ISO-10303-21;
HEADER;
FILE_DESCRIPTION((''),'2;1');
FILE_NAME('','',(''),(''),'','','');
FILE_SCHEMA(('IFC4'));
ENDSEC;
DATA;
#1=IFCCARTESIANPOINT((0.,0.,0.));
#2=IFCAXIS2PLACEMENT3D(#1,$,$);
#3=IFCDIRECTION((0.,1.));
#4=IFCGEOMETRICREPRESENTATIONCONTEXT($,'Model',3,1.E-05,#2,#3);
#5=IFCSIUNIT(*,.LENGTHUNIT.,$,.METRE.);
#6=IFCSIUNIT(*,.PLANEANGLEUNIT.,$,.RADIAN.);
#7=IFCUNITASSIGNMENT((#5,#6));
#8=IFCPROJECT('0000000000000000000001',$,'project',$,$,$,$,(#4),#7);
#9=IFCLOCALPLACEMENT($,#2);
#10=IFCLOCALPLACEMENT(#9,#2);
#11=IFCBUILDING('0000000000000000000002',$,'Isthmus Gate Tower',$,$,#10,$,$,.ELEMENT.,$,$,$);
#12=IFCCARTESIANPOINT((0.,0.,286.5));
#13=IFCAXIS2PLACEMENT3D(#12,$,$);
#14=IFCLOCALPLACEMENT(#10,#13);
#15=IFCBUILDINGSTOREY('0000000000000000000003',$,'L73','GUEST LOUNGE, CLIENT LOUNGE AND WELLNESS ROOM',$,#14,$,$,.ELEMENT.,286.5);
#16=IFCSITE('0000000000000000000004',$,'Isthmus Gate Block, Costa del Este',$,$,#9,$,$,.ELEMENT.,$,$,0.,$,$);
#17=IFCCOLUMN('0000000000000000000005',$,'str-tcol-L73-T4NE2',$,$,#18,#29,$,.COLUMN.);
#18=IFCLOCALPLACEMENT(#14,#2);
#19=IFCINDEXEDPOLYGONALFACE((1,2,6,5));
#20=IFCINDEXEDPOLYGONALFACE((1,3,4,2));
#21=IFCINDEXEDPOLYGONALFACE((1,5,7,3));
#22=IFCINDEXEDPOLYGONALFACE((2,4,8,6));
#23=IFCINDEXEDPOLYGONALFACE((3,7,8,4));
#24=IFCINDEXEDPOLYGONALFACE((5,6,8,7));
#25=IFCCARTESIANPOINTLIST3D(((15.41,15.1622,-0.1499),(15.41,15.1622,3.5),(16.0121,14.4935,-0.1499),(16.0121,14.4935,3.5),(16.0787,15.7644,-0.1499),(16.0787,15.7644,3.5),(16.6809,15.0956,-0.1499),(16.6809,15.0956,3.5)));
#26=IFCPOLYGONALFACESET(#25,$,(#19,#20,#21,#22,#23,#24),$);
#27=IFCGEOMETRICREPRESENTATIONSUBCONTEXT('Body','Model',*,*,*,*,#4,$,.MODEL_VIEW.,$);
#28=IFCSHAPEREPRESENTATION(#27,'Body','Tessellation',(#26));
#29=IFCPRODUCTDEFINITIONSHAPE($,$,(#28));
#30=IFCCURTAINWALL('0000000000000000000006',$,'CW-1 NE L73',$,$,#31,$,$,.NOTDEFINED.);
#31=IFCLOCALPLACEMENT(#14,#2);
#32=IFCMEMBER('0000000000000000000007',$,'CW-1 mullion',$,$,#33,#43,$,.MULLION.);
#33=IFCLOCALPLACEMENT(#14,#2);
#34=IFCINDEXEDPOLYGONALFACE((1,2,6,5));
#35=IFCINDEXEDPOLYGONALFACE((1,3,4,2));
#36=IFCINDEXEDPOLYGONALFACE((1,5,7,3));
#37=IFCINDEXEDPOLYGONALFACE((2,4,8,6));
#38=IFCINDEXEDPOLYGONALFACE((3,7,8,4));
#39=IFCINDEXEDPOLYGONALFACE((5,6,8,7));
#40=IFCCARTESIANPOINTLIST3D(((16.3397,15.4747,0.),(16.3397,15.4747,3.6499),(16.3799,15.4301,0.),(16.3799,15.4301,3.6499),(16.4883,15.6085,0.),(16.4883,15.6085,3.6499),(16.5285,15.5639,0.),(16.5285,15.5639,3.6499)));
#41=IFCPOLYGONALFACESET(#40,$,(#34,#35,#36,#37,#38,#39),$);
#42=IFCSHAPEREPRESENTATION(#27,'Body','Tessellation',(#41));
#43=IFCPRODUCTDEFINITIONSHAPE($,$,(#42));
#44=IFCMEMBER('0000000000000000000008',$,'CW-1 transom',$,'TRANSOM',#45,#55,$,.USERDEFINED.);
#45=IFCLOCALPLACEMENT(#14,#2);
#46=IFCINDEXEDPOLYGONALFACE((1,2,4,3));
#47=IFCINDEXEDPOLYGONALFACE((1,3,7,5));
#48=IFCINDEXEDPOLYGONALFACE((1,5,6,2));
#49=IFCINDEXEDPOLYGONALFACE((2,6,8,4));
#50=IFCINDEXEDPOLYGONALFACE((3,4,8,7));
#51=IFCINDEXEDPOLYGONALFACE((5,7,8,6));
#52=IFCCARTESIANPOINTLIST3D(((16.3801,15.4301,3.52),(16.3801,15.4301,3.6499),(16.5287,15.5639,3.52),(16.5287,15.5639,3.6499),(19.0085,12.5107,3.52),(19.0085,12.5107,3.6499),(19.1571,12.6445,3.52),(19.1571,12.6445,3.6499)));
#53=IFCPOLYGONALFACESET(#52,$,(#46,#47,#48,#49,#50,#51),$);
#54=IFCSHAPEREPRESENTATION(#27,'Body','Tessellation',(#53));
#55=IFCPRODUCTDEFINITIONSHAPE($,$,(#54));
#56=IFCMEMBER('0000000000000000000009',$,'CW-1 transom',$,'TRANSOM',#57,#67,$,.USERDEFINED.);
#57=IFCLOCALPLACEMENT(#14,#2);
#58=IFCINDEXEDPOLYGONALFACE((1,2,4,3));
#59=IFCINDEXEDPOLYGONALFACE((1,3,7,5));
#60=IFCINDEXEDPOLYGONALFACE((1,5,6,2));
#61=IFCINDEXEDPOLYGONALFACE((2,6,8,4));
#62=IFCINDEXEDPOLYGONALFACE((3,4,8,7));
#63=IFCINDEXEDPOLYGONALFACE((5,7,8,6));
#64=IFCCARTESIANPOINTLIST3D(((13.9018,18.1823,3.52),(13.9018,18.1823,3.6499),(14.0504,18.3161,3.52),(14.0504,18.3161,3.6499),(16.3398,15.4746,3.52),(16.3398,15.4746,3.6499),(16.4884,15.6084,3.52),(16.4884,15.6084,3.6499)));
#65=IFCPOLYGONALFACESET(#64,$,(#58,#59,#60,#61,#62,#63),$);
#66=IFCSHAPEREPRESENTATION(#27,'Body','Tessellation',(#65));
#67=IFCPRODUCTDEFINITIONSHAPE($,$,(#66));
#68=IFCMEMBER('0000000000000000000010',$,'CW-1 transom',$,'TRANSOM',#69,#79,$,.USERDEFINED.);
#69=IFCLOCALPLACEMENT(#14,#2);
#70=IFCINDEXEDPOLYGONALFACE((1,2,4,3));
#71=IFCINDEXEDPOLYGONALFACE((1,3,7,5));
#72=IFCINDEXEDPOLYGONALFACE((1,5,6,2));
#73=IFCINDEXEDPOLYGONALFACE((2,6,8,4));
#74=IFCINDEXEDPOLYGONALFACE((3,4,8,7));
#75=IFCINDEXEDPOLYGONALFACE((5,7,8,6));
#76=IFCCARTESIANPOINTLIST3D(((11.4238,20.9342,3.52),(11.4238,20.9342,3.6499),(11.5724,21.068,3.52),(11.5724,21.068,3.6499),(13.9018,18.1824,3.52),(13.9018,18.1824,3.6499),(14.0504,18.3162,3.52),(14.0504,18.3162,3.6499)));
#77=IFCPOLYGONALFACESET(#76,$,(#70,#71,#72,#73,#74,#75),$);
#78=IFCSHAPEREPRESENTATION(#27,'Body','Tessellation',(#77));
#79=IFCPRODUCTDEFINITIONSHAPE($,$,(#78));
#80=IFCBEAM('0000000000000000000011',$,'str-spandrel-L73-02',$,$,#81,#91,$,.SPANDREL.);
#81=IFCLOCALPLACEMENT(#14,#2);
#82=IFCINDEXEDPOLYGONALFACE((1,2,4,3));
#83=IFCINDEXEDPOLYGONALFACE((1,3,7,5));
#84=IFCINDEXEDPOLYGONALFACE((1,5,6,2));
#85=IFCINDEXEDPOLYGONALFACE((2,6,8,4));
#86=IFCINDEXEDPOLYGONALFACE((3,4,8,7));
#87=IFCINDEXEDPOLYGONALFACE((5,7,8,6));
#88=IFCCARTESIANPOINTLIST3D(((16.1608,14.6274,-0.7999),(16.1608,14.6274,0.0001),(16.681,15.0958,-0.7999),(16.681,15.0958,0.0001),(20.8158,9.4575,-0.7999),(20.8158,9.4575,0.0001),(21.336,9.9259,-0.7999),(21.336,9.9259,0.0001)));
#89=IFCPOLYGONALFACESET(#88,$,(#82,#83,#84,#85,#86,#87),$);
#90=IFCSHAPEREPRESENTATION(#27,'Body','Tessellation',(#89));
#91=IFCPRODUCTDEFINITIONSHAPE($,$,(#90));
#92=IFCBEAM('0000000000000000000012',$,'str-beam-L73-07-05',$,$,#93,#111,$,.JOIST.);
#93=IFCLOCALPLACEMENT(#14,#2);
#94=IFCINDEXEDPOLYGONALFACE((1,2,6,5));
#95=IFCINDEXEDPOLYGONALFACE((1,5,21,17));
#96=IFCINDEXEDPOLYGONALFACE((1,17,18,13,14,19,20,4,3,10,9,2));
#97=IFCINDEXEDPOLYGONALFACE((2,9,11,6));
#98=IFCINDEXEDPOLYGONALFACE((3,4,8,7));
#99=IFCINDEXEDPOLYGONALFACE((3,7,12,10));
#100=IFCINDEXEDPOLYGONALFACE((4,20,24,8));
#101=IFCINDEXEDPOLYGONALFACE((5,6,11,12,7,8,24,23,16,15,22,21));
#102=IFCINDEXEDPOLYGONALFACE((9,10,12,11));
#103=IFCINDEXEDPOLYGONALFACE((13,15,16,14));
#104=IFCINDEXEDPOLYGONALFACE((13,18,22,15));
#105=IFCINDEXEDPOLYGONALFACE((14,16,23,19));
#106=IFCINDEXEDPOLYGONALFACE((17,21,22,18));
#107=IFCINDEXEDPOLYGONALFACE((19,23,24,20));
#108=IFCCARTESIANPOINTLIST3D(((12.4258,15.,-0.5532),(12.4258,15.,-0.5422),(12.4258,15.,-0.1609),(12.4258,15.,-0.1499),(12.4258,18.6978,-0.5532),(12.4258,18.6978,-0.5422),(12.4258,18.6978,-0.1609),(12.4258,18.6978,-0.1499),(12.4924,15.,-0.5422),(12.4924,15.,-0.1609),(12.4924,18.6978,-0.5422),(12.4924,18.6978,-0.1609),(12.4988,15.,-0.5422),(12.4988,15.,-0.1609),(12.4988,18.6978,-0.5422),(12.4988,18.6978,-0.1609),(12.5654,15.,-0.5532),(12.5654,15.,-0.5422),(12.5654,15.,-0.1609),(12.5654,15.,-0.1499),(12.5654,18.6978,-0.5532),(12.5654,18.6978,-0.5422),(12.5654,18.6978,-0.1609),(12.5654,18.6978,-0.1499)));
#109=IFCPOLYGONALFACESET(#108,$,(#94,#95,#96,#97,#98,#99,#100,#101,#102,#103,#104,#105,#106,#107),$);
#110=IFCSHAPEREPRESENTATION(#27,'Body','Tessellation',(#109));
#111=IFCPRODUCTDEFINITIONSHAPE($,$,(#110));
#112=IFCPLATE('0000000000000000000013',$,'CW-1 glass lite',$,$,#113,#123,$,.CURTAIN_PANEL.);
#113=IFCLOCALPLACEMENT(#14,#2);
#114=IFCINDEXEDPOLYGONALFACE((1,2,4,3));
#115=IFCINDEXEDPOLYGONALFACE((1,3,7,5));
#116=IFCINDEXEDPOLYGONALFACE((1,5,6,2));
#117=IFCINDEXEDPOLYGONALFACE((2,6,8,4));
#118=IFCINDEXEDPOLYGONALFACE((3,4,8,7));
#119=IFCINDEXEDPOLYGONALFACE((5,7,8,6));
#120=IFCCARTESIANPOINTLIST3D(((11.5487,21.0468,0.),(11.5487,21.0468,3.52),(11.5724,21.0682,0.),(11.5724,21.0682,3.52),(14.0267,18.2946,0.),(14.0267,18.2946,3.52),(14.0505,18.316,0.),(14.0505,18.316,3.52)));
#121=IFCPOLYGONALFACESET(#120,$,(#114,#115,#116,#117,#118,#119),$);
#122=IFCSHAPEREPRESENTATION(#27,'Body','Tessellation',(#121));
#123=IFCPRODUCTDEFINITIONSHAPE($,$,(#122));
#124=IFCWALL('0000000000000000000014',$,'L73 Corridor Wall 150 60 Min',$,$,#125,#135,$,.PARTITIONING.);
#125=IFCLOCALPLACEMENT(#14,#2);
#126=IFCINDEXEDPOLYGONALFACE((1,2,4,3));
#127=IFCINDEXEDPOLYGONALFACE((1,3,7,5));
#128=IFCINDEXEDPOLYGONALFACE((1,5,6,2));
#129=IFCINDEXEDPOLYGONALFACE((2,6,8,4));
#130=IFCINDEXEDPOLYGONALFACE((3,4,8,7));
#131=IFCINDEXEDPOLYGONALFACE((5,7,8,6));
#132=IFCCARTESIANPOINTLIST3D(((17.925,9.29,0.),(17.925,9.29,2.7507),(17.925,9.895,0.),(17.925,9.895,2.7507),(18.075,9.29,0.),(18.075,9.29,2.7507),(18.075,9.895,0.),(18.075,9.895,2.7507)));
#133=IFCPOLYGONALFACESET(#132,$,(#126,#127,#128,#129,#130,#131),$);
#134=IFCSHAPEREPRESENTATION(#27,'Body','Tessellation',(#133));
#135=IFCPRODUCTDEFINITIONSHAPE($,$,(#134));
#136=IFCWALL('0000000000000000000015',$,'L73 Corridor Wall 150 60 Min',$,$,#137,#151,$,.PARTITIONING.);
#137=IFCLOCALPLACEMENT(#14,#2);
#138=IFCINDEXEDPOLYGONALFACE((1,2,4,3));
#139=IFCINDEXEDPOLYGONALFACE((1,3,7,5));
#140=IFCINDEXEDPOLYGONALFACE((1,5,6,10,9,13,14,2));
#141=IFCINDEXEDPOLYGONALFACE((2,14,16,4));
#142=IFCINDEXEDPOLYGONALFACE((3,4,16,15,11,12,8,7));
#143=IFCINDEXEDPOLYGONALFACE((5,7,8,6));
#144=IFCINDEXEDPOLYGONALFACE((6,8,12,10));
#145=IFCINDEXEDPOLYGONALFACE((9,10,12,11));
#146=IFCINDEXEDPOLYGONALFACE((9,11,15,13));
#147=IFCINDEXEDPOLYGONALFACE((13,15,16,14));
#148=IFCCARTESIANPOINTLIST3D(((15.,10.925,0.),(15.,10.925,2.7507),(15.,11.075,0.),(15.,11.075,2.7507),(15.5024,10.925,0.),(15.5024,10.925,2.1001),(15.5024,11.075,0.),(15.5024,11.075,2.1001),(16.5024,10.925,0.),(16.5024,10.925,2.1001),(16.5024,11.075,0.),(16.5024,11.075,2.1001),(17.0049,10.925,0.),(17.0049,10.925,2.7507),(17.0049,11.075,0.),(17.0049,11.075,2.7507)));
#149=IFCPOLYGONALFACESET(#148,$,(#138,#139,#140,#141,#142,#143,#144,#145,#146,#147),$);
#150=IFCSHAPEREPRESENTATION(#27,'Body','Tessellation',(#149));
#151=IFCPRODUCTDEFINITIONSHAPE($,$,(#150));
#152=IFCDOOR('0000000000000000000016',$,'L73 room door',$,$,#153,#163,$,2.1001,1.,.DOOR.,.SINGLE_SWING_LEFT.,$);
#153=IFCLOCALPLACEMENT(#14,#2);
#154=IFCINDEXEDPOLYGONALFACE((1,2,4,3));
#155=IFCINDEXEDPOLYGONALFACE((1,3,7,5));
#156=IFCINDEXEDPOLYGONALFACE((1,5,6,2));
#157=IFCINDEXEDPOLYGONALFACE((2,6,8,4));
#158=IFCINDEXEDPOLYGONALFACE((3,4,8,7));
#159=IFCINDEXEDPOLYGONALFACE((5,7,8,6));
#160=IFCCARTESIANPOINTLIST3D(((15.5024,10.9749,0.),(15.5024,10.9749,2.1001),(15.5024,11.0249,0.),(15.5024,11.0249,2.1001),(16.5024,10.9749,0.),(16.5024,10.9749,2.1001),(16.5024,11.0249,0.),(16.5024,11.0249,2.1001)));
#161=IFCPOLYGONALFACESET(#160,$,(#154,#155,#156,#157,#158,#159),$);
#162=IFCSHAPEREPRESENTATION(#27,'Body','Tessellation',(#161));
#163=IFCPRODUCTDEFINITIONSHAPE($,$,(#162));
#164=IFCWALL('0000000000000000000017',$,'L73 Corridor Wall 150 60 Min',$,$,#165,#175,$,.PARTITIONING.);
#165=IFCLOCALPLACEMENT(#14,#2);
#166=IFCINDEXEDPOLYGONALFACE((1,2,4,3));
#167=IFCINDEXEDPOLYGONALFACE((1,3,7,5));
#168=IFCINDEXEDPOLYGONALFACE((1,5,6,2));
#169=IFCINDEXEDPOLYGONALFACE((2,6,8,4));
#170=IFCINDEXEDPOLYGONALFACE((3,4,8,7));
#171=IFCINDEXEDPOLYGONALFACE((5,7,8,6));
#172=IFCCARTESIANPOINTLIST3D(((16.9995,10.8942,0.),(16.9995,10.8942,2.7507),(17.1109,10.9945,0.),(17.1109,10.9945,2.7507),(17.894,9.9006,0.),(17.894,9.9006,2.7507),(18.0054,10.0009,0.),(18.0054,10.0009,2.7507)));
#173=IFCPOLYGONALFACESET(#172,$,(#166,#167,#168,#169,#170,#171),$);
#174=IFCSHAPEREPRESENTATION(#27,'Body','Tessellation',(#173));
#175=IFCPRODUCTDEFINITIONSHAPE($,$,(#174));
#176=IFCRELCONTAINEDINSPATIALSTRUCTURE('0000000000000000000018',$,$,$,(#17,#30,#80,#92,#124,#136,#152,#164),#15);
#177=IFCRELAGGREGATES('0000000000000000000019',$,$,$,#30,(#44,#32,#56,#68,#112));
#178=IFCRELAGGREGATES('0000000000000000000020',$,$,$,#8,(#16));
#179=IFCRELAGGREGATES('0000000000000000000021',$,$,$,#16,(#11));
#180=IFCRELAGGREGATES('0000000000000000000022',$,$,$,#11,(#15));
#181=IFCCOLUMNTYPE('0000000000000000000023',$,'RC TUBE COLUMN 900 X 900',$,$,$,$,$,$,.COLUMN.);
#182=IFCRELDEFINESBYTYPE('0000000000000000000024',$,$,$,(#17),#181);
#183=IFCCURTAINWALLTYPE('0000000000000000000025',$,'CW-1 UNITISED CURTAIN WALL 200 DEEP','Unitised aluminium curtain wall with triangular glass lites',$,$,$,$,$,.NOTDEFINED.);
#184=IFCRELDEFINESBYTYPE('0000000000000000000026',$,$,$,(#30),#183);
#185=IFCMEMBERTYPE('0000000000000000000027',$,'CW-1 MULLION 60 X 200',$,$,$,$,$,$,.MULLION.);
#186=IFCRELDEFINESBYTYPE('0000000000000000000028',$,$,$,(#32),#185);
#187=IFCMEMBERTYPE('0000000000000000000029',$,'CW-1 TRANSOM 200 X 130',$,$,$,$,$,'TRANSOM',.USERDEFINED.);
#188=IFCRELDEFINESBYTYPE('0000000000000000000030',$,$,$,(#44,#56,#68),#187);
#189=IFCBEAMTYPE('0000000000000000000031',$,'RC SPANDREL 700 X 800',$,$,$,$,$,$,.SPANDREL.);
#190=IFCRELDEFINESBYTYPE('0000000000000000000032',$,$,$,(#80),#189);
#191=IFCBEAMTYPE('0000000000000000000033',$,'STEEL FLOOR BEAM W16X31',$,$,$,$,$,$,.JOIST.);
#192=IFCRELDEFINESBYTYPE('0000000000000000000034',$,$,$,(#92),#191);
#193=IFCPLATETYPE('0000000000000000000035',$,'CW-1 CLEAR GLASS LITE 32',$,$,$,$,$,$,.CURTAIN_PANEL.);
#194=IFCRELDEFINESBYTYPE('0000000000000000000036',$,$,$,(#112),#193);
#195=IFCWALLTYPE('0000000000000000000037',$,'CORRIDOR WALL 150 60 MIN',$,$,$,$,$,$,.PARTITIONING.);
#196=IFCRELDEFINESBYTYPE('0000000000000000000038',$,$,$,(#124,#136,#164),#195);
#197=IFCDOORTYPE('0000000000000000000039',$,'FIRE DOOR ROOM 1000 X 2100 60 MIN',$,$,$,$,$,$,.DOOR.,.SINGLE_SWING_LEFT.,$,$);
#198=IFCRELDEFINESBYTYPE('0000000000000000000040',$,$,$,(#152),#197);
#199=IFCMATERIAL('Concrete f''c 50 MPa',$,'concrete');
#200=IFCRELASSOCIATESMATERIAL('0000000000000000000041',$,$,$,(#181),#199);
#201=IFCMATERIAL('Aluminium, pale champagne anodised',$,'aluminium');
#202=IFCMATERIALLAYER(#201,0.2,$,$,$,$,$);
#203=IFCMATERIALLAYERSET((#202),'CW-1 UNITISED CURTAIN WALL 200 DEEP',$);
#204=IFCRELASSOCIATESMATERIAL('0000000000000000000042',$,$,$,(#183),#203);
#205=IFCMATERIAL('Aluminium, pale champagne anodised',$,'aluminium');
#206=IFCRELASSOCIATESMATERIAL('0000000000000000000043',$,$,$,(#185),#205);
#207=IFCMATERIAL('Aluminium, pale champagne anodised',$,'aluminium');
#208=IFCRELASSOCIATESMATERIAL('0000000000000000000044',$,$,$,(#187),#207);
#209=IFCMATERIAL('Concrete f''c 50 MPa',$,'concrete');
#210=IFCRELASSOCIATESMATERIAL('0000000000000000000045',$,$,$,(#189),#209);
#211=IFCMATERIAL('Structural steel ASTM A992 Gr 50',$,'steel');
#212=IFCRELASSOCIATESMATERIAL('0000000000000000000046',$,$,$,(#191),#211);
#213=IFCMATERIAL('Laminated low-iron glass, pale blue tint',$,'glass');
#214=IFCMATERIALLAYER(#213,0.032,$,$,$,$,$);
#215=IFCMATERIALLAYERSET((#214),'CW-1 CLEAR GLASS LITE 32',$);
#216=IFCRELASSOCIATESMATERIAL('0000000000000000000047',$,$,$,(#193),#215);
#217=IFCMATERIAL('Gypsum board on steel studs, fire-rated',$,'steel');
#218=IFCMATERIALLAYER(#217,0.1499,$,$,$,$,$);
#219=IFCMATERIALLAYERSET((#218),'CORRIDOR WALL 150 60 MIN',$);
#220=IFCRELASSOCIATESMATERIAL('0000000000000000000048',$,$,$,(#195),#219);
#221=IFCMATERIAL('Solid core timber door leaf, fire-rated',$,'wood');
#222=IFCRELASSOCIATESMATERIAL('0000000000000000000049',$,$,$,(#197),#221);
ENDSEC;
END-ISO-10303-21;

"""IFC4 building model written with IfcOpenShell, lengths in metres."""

from ifc_helpers import new_model, si_unit, direction, frame, frame_2d, origin, origin_2d, place, context, subcontext, project, spatial, rectangle, i_section, extrude, material, layer, layer_set, material_profile, profile_set, type_object, element, fill, aggregate, save


model = new_model("IFC4")

# Units and contexts
model_context = context("Model", 3, precision=1e-05, world=origin(), true_north=direction((0.0, 1.0)))
body_context = subcontext(model_context, "Body", "Model", "MODEL_VIEW")
ifc_project = project(units=[si_unit("LENGTHUNIT", "METRE"), si_unit("PLANEANGLEUNIT", "RADIAN")], contexts=[model_context])

# Site, building, storey
site_placement = place(None, origin())
site = spatial("IfcSite", under=ifc_project, at=site_placement, Name="Isthmus Gate Block, Costa del Este", CompositionType="ELEMENT", RefElevation=0.0)
building_placement = place(site_placement, origin())
building = spatial("IfcBuilding", under=site, at=building_placement, Name="Isthmus Gate Tower", CompositionType="ELEMENT")
storey_placement = place(building_placement, frame((0.0, 0.0, 286.5)))
storey = spatial("IfcBuildingStorey", under=building, at=storey_placement, Name="L73", Description="GUEST LOUNGE, CLIENT LOUNGE AND WELLNESS ROOM", CompositionType="ELEMENT", Elevation=286.5)

# Column
ifc_material_1 = material(Name="Concrete f'c 50 MPa", Category="concrete")
ifc_material_profile_1 = material_profile(ifc_material_1, rectangle(XDim=0.8999, YDim=0.8999, at=origin_2d()), Name="RC 900X900")
ifc_profile_set_1 = profile_set([ifc_material_profile_1], Name="Concrete f'c 50 MPa")
column_type = type_object("IfcColumnType", Name="RC TUBE COLUMN 900 X 900", PredefinedType="COLUMN", material=ifc_profile_set_1)
column_placement = place(storey_placement, frame((16.0454, 15.1289, -0.1499), z_axis=(0.0, 0.0, 1.0), x_axis=(-0.669131, 0.743145, 0.0)))
element("IfcColumn", 1, at=column_placement, inside=storey, type_object=column_type, Name="str-tcol-L73-T4NE2", PredefinedType="COLUMN", context=body_context, shape_type="SweptSolid", body=[
    extrude(rectangle(XDim=0.8999, YDim=0.8999, at=origin_2d()), origin(), (0.0, 0.0, 1.0), 3.6499),
])

# Curtain wall, members
ifc_material_2 = material(Name="Aluminium, pale champagne anodised", Category="aluminium")
ifc_layer_1 = layer(ifc_material_2, 0.2)
ifc_layer_set_1 = layer_set([ifc_layer_1], Name="CW-1 UNITISED CURTAIN WALL 200 DEEP")
curtain_wall_type = type_object("IfcCurtainWallType", Name="CW-1 UNITISED CURTAIN WALL 200 DEEP", Description="Unitised aluminium curtain wall with triangular glass lites", PredefinedType="NOTDEFINED", material=ifc_layer_set_1)
curtain_wall_placement = place(storey_placement, origin())
curtain_wall = element("IfcCurtainWall", 2, at=curtain_wall_placement, inside=storey, type_object=curtain_wall_type, Name="CW-1 NE L73", PredefinedType="NOTDEFINED")
ifc_material_3 = material(Name="Aluminium, pale champagne anodised", Category="aluminium")
ifc_material_profile_2 = material_profile(ifc_material_3, rectangle(XDim=0.0601, YDim=0.2, at=origin_2d()), Name="60x200")
ifc_profile_set_2 = profile_set([ifc_material_profile_2], Name="Aluminium, pale champagne anodised")
member_type_1 = type_object("IfcMemberType", Name="CW-1 MULLION 60 X 200", PredefinedType="MULLION", material=ifc_profile_set_2)
member_1_placement = place(storey_placement, frame((16.4341, 15.5193, 0.0), z_axis=(0.0, 0.0, 1.0), x_axis=(-0.669131, 0.743145, 0.0)))
member_1 = element("IfcMember", 3, at=member_1_placement, type_object=member_type_1, Name="CW-1 mullion", PredefinedType="MULLION", context=body_context, shape_type="SweptSolid", body=[
    extrude(rectangle(XDim=0.0601, YDim=0.2, at=origin_2d()), origin(), (0.0, 0.0, 1.0), 3.6499),
])
ifc_material_4 = material(Name="Aluminium, pale champagne anodised", Category="aluminium")
ifc_material_profile_3 = material_profile(ifc_material_4, rectangle(XDim=0.2, YDim=0.1299, at=origin_2d()), Name="200x130")
ifc_profile_set_3 = profile_set([ifc_material_profile_3], Name="Aluminium, pale champagne anodised")
member_type_2 = type_object("IfcMemberType", Name="CW-1 TRANSOM 200 X 130", ElementType="TRANSOM", PredefinedType="USERDEFINED", material=ifc_profile_set_3)
member_2_placement = place(storey_placement, frame((19.0828, 12.5776, 3.585), z_axis=(-0.669095, 0.743177, 0.0), x_axis=(-0.743177, -0.669095, 0.0)))
member_2 = element("IfcMember", 4, at=member_2_placement, type_object=member_type_2, Name="CW-1 transom", ObjectType="TRANSOM", PredefinedType="USERDEFINED", context=body_context, shape_type="SweptSolid", body=[
    extrude(rectangle(XDim=0.2, YDim=0.1299, at=origin_2d()), origin(), (0.0, 0.0, 1.0), 3.9282),
])
member_3_placement = place(storey_placement, frame((16.4141, 15.5415, 3.585), z_axis=(-0.669116, 0.743158, 0.0), x_axis=(-0.743158, -0.669116, 0.0)))
member_3 = element("IfcMember", 5, at=member_3_placement, type_object=member_type_2, Name="CW-1 transom", ObjectType="TRANSOM", PredefinedType="USERDEFINED", context=body_context, shape_type="SweptSolid", body=[
    extrude(rectangle(XDim=0.2, YDim=0.1299, at=origin_2d()), origin(), (0.0, 0.0, 1.0), 3.6436),
])
member_4_placement = place(storey_placement, frame((13.9761, 18.2493, 3.585), z_axis=(-0.669154, 0.743124, 0.0), x_axis=(-0.743124, -0.669154, 0.0)))
member_4 = element("IfcMember", 6, at=member_4_placement, type_object=member_type_2, Name="CW-1 transom", ObjectType="TRANSOM", PredefinedType="USERDEFINED", context=body_context, shape_type="SweptSolid", body=[
    extrude(rectangle(XDim=0.2, YDim=0.1299, at=origin_2d()), origin(), (0.0, 0.0, 1.0), 3.7031),
])

# Beams
ifc_material_5 = material(Name="Concrete f'c 50 MPa", Category="concrete")
ifc_material_profile_4 = material_profile(ifc_material_5, rectangle(XDim=0.7, YDim=0.8, at=origin_2d()), Name="RC 700X800")
ifc_profile_set_4 = profile_set([ifc_material_profile_4], Name="Concrete f'c 50 MPa")
beam_type_1 = type_object("IfcBeamType", Name="RC SPANDREL 700 X 800", PredefinedType="SPANDREL", material=ifc_profile_set_4)
beam_1_placement = place(storey_placement, frame((16.4209, 14.8616, -0.3999), z_axis=(0.669131, -0.743144, 0.0), x_axis=(0.743144, 0.669131, 0.0)))
element("IfcBeam", 7, at=beam_1_placement, inside=storey, type_object=beam_type_1, Name="str-spandrel-L73-02", PredefinedType="SPANDREL", context=body_context, shape_type="SweptSolid", body=[
    extrude(rectangle(XDim=0.7, YDim=0.8, at=origin_2d()), origin(), (0.0, 0.0, 1.0), 6.9568),
])
ifc_material_6 = material(Name="Structural steel ASTM A992 Gr 50", Category="steel")
ifc_material_profile_5 = material_profile(ifc_material_6, i_section(OverallWidth=0.1396, OverallDepth=0.4033, WebThickness=0.0063, FlangeThickness=0.011, at=origin_2d()), Name="W16X31")
ifc_profile_set_5 = profile_set([ifc_material_profile_5], Name="Structural steel ASTM A992 Gr 50")
beam_type_2 = type_object("IfcBeamType", Name="STEEL FLOOR BEAM W16X31", PredefinedType="JOIST", material=ifc_profile_set_5)
beam_2_placement = place(storey_placement, frame((12.4956, 15.0, -0.3516), z_axis=(0.0, 1.0, 0.0), x_axis=(-1.0, 0.0, 0.0)))
element("IfcBeam", 8, at=beam_2_placement, inside=storey, type_object=beam_type_2, Name="str-beam-L73-07-05", PredefinedType="JOIST", context=body_context, shape_type="SweptSolid", body=[
    extrude(i_section(OverallWidth=0.1396, OverallDepth=0.4033, WebThickness=0.0063, FlangeThickness=0.011, at=origin_2d()), origin(), (0.0, 0.0, 1.0), 3.6978),
])

# Plate
ifc_material_7 = material(Name="Laminated low-iron glass, pale blue tint", Category="glass")
ifc_layer_2 = layer(ifc_material_7, 0.032)
ifc_layer_set_2 = layer_set([ifc_layer_2], Name="CW-1 CLEAR GLASS LITE 32")
plate_type = type_object("IfcPlateType", Name="CW-1 CLEAR GLASS LITE 32", PredefinedType="CURTAIN_PANEL", material=ifc_layer_set_2)
plate_placement = place(storey_placement, frame((12.7996, 19.6814, 0.0), z_axis=(0.0, 0.0, 1.0), x_axis=(-0.669131, 0.743145, 0.0)))
plate = element("IfcPlate", 9, at=plate_placement, type_object=plate_type, Name="CW-1 glass lite", PredefinedType="CURTAIN_PANEL", context=body_context, shape_type="SweptSolid", body=[
    extrude(rectangle(XDim=3.7034, YDim=0.032, at=origin_2d()), origin(), (0.0, 0.0, 1.0), 3.52),
])

# Wall
ifc_material_8 = material(Name="Gypsum board on steel studs, fire-rated", Category="steel")
ifc_layer_3 = layer(ifc_material_8, 0.1499)
ifc_layer_set_3 = layer_set([ifc_layer_3], Name="CORRIDOR WALL 150 60 MIN")
wall_type = type_object("IfcWallType", Name="CORRIDOR WALL 150 60 MIN", PredefinedType="PARTITIONING", material=ifc_layer_set_3)
wall_1_placement = place(storey_placement, frame((18.0, 9.895, 0.0), z_axis=(0.0, 0.0, 1.0), x_axis=(0.0, -1.0, 0.0)))
element("IfcWall", 10, at=wall_1_placement, inside=storey, type_object=wall_type, Name="L73 Corridor Wall 150 60 Min", PredefinedType="PARTITIONING", context=body_context, shape_type="SweptSolid", body=[
    extrude(rectangle(XDim=0.605, YDim=0.1499, at=frame_2d((0.3025, 0.0))), origin(), (0.0, 0.0, 1.0), 2.7507),
])

# Wall, opening, door
wall_2_placement = place(storey_placement, frame((15.0, 11.0, 0.0), z_axis=(0.0, 0.0, 1.0), x_axis=(1.0, 0.0, 0.0)))
wall_2 = element("IfcWall", 11, at=wall_2_placement, inside=storey, type_object=wall_type, Name="L73 Corridor Wall 150 60 Min", PredefinedType="PARTITIONING", context=body_context, shape_type="SweptSolid", body=[
    extrude(rectangle(XDim=2.0049, YDim=0.1499, at=frame_2d((1.0024, 0.0))), origin(), (0.0, 0.0, 1.0), 2.7507),
])
opening_placement = place(wall_2_placement, frame((0.5024, 0.0, 0.0)))
opening = element("IfcOpeningElement", 12, at=opening_placement, cuts=wall_2, PredefinedType="OPENING", context=body_context, shape_type="SweptSolid", body=[
    extrude(rectangle(XDim=1.0, YDim=2.1001, at=frame_2d((0.5, 1.05))), frame((0.0, 0.085, 0.0), z_axis=(0.0, -1.0, 0.0), x_axis=(1.0, 0.0, 0.0)), (0.0, 0.0, 1.0), 0.1699),
])
ifc_material_9 = material(Name="Solid core timber door leaf, fire-rated", Category="wood")
door_type = type_object("IfcDoorType", Name="FIRE DOOR ROOM 1000 X 2100 60 MIN", OperationType="SINGLE_SWING_LEFT", PredefinedType="DOOR", material=ifc_material_9)
door_placement = place(opening_placement, origin())
door = element("IfcDoor", 13, at=door_placement, inside=storey, type_object=door_type, Name="L73 room door", OperationType="SINGLE_SWING_LEFT", OverallHeight=2.1001, OverallWidth=1.0, PredefinedType="DOOR", context=body_context, shape_type="SweptSolid", body=[
    extrude(rectangle(XDim=1.0, YDim=2.1001, at=frame_2d((0.5, 1.05))), frame((0.0, 0.0249, 0.0), z_axis=(0.0, -1.0, 0.0), x_axis=(1.0, 0.0, 0.0)), (0.0, 0.0, 1.0), 0.05),
])
fill(opening, door)

# Wall
wall_3_placement = place(storey_placement, frame((17.0552, 10.9443, 0.0), z_axis=(0.0, 0.0, 1.0), x_axis=(0.669066, -0.743203, 0.0)))
element("IfcWall", 14, at=wall_3_placement, inside=storey, type_object=wall_type, Name="L73 Corridor Wall 150 60 Min", PredefinedType="PARTITIONING", context=body_context, shape_type="SweptSolid", body=[
    extrude(rectangle(XDim=1.3369, YDim=0.1499, at=frame_2d((0.6685, 0.0))), origin(), (0.0, 0.0, 1.0), 2.7507),
])

aggregate(curtain_wall, [member_2, member_1, member_3, member_4, plate])

save(model, "model.ifc")
